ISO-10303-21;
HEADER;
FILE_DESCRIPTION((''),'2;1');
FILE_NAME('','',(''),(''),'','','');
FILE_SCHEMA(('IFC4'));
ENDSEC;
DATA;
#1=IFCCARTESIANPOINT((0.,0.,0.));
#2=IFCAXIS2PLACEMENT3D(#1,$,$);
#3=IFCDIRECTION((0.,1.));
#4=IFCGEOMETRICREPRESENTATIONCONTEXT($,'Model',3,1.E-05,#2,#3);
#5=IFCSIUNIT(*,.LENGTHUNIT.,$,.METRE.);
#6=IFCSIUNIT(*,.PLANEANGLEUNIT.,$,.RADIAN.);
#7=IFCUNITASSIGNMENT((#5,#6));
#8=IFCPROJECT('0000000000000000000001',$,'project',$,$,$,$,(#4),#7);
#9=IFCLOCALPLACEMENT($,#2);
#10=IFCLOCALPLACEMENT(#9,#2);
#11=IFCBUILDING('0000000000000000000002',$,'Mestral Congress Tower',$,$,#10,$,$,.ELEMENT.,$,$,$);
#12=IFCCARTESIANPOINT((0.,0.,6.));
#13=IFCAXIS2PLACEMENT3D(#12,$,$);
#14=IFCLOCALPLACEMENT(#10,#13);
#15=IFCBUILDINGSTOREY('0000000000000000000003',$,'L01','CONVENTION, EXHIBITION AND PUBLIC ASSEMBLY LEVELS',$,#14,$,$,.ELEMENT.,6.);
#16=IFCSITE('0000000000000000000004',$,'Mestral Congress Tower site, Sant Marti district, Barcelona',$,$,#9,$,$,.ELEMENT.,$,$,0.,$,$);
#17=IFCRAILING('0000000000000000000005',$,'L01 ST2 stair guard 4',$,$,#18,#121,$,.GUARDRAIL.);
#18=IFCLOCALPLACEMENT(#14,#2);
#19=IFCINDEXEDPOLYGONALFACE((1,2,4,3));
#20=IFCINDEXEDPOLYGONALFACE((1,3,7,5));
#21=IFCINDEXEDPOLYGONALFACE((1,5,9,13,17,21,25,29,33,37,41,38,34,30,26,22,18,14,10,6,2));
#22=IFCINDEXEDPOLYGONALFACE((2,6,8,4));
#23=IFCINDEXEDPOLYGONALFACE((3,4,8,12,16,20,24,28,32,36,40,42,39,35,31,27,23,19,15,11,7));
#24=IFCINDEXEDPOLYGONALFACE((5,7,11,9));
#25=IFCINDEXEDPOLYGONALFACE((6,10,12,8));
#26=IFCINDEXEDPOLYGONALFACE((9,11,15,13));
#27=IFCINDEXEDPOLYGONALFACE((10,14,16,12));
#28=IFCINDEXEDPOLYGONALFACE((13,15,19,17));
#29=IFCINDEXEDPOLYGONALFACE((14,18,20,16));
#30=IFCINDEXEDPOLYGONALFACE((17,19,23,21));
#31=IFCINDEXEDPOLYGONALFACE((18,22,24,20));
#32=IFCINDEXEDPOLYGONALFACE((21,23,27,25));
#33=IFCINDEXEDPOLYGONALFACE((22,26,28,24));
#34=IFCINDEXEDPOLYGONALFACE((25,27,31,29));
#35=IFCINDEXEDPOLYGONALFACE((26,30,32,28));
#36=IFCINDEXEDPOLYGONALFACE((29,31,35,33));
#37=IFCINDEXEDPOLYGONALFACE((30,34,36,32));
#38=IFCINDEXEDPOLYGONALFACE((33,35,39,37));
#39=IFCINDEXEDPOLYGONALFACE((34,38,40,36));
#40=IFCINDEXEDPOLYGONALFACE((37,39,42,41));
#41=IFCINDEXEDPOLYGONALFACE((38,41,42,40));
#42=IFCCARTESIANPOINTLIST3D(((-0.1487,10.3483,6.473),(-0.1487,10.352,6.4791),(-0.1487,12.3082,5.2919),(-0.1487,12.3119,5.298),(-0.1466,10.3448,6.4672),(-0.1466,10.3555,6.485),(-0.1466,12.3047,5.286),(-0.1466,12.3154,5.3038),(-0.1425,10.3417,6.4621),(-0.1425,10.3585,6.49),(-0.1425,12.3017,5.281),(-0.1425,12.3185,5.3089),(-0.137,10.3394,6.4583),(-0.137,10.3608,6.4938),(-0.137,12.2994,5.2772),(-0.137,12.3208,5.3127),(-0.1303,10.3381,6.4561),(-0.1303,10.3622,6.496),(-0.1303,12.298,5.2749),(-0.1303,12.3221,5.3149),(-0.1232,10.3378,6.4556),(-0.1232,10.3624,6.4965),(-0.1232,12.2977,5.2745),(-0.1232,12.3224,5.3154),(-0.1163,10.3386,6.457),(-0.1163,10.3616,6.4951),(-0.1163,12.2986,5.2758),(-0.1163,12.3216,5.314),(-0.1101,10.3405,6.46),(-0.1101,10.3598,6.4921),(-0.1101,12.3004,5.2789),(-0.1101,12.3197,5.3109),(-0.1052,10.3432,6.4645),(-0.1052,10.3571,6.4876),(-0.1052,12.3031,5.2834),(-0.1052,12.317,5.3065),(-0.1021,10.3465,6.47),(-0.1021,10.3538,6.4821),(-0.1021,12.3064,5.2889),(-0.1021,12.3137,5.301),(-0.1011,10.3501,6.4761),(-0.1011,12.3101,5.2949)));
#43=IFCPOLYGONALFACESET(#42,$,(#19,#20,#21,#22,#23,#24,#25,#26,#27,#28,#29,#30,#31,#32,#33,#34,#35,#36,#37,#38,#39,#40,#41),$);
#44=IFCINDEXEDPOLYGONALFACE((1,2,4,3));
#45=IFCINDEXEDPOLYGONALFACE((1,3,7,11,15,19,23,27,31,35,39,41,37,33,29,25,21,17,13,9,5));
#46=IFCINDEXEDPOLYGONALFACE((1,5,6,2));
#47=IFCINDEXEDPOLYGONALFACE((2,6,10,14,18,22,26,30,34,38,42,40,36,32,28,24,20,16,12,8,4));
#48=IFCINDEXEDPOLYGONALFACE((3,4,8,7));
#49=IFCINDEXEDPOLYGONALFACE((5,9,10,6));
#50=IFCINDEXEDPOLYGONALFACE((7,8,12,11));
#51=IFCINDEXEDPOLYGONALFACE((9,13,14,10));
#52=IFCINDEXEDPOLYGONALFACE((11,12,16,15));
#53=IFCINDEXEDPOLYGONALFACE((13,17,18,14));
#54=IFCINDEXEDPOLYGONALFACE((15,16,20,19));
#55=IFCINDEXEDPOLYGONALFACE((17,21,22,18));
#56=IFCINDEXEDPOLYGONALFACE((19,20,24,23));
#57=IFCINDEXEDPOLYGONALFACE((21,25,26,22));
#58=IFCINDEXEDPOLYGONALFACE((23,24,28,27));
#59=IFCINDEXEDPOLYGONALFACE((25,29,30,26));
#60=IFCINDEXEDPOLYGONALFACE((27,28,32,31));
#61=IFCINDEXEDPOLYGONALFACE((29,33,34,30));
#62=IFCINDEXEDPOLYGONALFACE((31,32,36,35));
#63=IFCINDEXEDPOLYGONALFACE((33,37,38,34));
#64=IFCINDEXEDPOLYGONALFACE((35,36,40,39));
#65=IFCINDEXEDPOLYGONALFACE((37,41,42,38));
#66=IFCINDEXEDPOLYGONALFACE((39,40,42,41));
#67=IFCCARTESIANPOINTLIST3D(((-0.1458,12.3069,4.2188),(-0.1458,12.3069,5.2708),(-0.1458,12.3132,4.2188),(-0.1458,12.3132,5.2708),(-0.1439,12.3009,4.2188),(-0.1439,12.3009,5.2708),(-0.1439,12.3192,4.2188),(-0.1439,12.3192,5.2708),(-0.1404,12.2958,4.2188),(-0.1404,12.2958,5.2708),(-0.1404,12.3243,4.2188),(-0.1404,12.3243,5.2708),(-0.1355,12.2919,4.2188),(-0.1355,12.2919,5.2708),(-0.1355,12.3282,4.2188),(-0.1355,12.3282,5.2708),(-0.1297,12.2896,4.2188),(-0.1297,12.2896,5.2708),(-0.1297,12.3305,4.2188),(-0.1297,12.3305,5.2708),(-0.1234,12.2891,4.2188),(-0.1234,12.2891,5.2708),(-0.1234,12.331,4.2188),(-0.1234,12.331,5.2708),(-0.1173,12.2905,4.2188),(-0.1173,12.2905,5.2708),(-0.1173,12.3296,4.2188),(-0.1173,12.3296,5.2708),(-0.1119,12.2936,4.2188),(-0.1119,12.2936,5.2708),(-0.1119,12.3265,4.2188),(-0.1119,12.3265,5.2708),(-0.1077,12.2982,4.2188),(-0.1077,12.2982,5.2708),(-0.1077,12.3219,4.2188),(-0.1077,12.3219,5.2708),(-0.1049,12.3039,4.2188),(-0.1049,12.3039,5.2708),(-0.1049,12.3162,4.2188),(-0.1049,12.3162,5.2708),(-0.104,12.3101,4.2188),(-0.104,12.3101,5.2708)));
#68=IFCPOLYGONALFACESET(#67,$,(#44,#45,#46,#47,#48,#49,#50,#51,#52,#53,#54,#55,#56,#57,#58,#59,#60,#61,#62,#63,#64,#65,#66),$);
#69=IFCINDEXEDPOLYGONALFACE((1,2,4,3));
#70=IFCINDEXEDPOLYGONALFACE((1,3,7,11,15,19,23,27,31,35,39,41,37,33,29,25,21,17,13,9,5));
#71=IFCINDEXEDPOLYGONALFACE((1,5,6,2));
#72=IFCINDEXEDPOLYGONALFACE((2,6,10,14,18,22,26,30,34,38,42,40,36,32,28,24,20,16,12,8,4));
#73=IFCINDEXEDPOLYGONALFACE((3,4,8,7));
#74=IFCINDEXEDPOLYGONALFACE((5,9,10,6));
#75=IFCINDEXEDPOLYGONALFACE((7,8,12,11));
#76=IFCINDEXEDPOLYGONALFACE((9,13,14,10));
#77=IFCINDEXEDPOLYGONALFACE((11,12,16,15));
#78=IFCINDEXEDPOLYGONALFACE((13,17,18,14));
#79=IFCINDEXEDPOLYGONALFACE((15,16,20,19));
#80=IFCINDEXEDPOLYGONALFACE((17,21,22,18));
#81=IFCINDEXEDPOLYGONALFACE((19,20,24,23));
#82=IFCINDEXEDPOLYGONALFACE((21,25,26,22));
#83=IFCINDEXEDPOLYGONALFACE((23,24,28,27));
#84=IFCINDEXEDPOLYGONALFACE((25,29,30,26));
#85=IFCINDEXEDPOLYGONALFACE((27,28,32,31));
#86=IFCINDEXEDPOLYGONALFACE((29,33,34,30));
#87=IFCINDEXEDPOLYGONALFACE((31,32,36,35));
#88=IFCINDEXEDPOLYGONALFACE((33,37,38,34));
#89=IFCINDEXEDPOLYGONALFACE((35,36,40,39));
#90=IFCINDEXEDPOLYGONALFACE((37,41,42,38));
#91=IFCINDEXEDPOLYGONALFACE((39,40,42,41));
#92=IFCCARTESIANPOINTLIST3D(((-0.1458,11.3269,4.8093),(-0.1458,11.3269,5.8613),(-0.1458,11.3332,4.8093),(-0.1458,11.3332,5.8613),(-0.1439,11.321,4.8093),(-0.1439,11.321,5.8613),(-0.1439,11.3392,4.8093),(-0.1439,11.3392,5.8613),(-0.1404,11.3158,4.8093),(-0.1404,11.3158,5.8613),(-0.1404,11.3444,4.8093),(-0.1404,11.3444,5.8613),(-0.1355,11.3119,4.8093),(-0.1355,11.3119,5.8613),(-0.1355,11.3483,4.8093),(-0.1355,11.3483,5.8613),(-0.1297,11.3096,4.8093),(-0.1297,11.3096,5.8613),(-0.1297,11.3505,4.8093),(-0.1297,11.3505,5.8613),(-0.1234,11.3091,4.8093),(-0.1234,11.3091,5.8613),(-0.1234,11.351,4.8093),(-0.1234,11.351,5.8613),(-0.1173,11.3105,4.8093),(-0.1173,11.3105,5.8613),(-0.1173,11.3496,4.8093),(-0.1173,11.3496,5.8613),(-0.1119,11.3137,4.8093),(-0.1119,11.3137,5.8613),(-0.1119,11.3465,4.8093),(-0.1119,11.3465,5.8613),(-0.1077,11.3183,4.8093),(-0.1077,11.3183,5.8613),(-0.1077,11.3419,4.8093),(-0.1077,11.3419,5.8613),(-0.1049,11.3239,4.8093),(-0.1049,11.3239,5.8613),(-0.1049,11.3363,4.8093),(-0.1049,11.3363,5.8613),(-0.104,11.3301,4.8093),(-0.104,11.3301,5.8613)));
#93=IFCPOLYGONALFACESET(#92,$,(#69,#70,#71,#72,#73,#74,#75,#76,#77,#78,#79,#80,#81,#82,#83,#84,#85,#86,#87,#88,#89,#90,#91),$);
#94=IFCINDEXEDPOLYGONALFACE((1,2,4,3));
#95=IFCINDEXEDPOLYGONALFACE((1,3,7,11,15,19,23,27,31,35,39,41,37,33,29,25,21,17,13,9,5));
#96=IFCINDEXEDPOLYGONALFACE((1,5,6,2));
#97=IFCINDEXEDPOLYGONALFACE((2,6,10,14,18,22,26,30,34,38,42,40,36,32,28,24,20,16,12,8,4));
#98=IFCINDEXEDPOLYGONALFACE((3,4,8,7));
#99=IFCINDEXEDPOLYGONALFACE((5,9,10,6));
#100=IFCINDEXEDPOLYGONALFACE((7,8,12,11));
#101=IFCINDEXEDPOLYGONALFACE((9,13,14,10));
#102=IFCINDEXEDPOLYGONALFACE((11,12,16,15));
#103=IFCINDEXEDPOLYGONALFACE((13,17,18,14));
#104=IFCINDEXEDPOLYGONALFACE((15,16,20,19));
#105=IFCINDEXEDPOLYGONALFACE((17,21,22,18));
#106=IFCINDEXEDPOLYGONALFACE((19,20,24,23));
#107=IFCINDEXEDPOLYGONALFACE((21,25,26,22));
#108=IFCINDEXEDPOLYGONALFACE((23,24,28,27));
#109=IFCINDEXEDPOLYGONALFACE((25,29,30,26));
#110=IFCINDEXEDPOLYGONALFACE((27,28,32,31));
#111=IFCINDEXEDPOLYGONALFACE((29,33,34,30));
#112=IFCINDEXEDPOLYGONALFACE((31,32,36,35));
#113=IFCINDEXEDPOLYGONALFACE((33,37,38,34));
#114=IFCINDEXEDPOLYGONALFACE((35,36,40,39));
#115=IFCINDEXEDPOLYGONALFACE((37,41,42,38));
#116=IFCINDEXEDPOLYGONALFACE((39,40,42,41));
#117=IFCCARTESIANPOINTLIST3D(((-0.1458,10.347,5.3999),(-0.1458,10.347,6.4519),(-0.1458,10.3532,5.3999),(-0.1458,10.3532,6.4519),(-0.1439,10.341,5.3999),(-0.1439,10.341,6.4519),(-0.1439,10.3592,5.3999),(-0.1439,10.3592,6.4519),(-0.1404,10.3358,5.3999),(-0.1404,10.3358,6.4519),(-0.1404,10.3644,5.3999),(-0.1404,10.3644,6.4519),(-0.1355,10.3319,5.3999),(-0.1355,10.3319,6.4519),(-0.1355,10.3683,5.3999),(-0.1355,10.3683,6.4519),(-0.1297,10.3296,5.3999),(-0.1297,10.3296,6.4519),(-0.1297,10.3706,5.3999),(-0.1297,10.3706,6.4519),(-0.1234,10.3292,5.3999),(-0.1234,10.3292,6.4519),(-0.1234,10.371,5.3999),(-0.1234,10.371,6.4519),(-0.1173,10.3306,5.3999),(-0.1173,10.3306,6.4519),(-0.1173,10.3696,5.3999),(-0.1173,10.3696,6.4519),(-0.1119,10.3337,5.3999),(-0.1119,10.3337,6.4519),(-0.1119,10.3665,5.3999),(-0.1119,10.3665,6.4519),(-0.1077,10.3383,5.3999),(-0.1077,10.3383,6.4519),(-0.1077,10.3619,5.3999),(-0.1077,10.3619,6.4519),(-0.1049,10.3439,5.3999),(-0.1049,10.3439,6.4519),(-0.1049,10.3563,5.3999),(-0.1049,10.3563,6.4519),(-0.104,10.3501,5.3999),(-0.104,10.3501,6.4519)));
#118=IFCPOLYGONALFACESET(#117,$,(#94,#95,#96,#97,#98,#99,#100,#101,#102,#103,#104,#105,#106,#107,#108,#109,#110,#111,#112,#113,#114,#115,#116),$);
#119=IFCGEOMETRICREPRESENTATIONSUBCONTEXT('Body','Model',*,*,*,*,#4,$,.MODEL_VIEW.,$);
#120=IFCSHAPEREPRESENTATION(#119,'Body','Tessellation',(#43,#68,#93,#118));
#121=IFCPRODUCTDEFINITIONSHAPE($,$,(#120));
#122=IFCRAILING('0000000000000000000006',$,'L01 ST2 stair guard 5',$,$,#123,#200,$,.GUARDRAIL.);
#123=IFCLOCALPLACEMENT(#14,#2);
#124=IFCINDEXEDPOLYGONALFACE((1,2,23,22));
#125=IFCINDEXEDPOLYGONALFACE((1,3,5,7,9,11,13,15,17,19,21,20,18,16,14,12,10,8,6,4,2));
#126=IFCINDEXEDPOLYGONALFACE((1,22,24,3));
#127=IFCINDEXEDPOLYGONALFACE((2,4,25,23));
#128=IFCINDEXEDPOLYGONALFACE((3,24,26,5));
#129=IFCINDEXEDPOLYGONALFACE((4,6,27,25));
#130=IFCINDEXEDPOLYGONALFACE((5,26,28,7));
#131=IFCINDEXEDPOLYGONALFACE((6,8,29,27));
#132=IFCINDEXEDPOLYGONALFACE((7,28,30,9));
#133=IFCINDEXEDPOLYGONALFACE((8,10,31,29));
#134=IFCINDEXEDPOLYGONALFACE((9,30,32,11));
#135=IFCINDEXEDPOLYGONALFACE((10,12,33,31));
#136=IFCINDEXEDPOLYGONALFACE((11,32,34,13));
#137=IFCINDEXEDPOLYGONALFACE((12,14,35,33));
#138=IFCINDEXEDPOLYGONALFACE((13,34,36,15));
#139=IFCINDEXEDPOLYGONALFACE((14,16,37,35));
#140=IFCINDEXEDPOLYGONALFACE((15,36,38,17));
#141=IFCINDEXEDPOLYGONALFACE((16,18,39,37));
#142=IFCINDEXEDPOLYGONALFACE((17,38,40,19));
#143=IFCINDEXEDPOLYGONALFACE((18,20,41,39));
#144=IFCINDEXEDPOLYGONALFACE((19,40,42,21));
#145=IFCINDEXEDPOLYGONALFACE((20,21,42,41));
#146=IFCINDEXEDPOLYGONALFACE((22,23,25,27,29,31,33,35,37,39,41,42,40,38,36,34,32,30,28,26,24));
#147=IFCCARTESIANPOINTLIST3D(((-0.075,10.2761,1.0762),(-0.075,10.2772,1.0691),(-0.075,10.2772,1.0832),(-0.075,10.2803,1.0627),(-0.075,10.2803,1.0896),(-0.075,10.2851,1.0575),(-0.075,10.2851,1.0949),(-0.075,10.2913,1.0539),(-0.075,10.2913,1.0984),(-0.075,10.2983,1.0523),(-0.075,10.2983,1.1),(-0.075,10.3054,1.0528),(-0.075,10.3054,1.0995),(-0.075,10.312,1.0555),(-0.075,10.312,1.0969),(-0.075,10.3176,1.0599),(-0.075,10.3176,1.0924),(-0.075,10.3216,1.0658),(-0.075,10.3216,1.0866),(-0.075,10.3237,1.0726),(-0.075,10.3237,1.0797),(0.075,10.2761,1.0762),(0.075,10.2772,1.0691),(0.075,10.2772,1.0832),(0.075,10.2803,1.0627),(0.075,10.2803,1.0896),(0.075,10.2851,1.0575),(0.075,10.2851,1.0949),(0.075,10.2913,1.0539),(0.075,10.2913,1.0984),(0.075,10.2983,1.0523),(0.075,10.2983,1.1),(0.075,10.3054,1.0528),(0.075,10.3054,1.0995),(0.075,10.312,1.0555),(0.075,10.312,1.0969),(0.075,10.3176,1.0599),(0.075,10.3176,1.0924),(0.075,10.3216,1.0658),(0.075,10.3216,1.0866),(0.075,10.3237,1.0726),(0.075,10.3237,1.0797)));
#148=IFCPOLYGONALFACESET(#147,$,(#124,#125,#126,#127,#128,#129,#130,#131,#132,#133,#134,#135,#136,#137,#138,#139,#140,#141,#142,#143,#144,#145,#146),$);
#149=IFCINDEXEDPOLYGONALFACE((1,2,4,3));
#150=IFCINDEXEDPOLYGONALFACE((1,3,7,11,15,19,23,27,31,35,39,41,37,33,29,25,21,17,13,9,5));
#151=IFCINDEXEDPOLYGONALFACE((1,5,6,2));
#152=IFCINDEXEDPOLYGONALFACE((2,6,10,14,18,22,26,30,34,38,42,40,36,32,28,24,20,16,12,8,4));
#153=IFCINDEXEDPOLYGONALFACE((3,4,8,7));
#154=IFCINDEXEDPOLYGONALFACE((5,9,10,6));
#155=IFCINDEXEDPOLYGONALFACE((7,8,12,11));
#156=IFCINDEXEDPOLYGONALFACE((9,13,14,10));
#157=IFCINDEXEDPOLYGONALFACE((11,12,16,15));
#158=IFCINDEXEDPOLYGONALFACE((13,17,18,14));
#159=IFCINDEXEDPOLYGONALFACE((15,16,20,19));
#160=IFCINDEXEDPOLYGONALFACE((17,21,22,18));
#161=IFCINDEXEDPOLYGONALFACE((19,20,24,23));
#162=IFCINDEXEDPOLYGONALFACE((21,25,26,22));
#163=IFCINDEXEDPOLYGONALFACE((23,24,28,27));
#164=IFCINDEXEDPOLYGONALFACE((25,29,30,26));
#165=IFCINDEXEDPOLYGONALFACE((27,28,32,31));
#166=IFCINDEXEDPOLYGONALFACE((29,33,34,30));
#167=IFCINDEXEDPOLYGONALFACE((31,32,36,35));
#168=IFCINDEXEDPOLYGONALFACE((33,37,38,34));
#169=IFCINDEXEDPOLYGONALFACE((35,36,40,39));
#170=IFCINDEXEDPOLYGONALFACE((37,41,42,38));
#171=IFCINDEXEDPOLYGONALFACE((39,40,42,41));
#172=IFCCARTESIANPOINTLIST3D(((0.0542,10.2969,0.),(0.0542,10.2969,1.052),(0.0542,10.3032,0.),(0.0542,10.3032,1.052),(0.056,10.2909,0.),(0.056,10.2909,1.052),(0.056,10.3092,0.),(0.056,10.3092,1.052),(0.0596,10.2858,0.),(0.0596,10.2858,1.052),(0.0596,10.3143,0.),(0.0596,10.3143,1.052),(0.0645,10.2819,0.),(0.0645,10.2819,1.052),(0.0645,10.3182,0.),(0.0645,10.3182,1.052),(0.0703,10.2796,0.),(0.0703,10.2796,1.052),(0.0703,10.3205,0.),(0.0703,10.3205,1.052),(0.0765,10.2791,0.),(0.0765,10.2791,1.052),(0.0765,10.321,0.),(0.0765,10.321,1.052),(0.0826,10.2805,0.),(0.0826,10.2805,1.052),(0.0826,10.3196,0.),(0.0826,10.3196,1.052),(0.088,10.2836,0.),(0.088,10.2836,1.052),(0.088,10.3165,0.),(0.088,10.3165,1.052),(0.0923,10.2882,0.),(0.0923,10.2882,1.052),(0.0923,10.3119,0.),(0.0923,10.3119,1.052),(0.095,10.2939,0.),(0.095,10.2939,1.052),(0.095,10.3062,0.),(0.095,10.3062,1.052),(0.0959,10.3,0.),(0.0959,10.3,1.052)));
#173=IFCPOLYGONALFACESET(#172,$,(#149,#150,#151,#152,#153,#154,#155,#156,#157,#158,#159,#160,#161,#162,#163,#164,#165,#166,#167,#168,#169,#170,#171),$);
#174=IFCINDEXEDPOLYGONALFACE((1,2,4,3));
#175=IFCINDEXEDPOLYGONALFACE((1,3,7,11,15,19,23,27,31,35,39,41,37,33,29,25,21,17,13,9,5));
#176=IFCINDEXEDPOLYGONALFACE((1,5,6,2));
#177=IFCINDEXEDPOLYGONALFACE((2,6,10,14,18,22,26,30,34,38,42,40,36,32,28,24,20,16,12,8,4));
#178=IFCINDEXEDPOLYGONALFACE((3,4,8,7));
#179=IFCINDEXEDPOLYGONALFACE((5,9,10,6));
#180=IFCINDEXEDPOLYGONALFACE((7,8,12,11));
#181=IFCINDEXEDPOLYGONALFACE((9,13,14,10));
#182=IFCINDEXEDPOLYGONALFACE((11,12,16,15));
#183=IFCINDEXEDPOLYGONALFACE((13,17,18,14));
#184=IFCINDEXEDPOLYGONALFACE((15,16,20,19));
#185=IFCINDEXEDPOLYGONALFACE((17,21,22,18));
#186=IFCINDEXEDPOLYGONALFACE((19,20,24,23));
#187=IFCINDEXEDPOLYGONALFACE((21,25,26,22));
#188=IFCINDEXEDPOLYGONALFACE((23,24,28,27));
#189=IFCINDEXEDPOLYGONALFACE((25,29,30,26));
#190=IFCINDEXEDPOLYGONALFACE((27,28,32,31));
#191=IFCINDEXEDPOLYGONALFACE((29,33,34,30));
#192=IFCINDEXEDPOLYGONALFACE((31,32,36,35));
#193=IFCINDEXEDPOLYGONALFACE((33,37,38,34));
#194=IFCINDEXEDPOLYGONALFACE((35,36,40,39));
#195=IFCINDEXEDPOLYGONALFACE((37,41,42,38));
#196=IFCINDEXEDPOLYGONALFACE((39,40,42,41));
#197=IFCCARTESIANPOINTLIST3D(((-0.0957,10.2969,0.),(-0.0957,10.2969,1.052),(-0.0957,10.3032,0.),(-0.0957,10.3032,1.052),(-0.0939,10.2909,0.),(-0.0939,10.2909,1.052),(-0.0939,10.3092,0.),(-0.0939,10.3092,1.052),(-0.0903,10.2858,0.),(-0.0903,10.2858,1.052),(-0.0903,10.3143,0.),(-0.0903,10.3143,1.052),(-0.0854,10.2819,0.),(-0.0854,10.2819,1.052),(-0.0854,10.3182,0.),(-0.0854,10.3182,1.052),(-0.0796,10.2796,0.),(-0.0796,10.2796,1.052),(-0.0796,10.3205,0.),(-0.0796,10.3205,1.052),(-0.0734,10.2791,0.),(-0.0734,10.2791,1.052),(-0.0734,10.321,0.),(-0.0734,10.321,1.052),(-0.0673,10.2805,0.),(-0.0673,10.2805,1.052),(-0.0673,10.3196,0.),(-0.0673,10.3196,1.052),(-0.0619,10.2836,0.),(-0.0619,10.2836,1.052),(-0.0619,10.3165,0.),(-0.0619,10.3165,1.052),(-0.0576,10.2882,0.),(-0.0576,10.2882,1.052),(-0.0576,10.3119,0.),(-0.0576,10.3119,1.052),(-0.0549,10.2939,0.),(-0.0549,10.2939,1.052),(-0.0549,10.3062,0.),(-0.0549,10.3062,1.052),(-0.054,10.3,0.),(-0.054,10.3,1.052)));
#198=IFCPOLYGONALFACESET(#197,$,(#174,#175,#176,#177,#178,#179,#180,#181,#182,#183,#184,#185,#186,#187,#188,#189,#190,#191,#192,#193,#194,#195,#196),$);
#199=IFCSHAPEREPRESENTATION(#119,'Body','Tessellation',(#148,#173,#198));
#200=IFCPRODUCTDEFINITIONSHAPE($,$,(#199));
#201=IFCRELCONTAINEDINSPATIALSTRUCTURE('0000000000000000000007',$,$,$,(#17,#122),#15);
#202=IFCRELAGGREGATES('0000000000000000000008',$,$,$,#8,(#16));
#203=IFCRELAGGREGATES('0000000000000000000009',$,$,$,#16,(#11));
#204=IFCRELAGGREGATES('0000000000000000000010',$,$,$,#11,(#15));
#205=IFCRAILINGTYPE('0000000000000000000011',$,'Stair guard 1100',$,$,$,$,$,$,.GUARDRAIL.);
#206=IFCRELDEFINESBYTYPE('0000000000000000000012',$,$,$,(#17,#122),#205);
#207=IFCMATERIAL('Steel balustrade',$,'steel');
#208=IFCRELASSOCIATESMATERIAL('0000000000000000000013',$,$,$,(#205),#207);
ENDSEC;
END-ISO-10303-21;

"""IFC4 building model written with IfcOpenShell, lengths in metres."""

from ifc_helpers import new_model, si_unit, direction, frame, origin, origin_2d, place, context, subcontext, project, spatial, circle, extrude, material, type_object, element, save


model = new_model("IFC4")

# Units and contexts
model_context = context("Model", 3, precision=1e-05, world=origin(), true_north=direction((0.0, 1.0)))
body_context = subcontext(model_context, "Body", "Model", "MODEL_VIEW")
ifc_project = project(units=[si_unit("LENGTHUNIT", "METRE"), si_unit("PLANEANGLEUNIT", "RADIAN")], contexts=[model_context])

# Site, building, storey
site_placement = place(None, origin())
site = spatial("IfcSite", under=ifc_project, at=site_placement, Name="Mestral Congress Tower site, Sant Marti district, Barcelona", CompositionType="ELEMENT", RefElevation=0.0)
building_placement = place(site_placement, origin())
building = spatial("IfcBuilding", under=site, at=building_placement, Name="Mestral Congress Tower", CompositionType="ELEMENT")
storey_placement = place(building_placement, frame((0.0, 0.0, 6.0)))
storey = spatial("IfcBuildingStorey", under=building, at=storey_placement, Name="L01", Description="CONVENTION, EXHIBITION AND PUBLIC ASSEMBLY LEVELS", CompositionType="ELEMENT", Elevation=6.0)

# Railings
ifc_material_1 = material(Name="Steel balustrade", Category="steel")
railing_type = type_object("IfcRailingType", Name="Stair guard 1100", PredefinedType="GUARDRAIL", material=ifc_material_1)
railing_1_placement = place(storey_placement, frame((-0.125, 12.3101, 4.2188)))
element("IfcRailing", 1, at=railing_1_placement, inside=storey, type_object=railing_type, Name="L01 ST2 stair guard 4", PredefinedType="GUARDRAIL", context=body_context, shape_type="SweptSolid", body=[
    extrude(circle(Radius=0.0239, at=origin_2d()), frame((0.0, 0.0, 1.0762), z_axis=(0.0, -0.856493, 0.516158), x_axis=(1.0, 0.0, 0.0)), (0.0, 0.0, 1.0), 2.2883),
    extrude(circle(Radius=0.021, at=origin_2d()), origin(), (0.0, 0.0, 1.0), 1.052),
    extrude(circle(Radius=0.021, at=origin_2d()), frame((0.0, -0.98, 0.5906)), (0.0, 0.0, 1.0), 1.052),
    extrude(circle(Radius=0.021, at=origin_2d()), frame((0.0, -1.96, 1.1812)), (0.0, 0.0, 1.0), 1.052),
])
railing_2_placement = place(storey_placement, frame((0.075, 10.3, 0.0)))
element("IfcRailing", 2, at=railing_2_placement, inside=storey, type_object=railing_type, Name="L01 ST2 stair guard 5", PredefinedType="GUARDRAIL", context=body_context, shape_type="SweptSolid", body=[
    extrude(circle(Radius=0.0239, at=origin_2d()), frame((0.0, 0.0, 1.0762), z_axis=(-1.0, 0.0, 0.0), x_axis=(0.0, -1.0, 0.0)), (0.0, 0.0, 1.0), 0.1499),
    extrude(circle(Radius=0.021, at=origin_2d()), origin(), (0.0, 0.0, 1.0), 1.052),
    extrude(circle(Radius=0.021, at=origin_2d()), frame((-0.1499, 0.0, 0.0)), (0.0, 0.0, 1.0), 1.052),
])

save(model, "model.ifc")
